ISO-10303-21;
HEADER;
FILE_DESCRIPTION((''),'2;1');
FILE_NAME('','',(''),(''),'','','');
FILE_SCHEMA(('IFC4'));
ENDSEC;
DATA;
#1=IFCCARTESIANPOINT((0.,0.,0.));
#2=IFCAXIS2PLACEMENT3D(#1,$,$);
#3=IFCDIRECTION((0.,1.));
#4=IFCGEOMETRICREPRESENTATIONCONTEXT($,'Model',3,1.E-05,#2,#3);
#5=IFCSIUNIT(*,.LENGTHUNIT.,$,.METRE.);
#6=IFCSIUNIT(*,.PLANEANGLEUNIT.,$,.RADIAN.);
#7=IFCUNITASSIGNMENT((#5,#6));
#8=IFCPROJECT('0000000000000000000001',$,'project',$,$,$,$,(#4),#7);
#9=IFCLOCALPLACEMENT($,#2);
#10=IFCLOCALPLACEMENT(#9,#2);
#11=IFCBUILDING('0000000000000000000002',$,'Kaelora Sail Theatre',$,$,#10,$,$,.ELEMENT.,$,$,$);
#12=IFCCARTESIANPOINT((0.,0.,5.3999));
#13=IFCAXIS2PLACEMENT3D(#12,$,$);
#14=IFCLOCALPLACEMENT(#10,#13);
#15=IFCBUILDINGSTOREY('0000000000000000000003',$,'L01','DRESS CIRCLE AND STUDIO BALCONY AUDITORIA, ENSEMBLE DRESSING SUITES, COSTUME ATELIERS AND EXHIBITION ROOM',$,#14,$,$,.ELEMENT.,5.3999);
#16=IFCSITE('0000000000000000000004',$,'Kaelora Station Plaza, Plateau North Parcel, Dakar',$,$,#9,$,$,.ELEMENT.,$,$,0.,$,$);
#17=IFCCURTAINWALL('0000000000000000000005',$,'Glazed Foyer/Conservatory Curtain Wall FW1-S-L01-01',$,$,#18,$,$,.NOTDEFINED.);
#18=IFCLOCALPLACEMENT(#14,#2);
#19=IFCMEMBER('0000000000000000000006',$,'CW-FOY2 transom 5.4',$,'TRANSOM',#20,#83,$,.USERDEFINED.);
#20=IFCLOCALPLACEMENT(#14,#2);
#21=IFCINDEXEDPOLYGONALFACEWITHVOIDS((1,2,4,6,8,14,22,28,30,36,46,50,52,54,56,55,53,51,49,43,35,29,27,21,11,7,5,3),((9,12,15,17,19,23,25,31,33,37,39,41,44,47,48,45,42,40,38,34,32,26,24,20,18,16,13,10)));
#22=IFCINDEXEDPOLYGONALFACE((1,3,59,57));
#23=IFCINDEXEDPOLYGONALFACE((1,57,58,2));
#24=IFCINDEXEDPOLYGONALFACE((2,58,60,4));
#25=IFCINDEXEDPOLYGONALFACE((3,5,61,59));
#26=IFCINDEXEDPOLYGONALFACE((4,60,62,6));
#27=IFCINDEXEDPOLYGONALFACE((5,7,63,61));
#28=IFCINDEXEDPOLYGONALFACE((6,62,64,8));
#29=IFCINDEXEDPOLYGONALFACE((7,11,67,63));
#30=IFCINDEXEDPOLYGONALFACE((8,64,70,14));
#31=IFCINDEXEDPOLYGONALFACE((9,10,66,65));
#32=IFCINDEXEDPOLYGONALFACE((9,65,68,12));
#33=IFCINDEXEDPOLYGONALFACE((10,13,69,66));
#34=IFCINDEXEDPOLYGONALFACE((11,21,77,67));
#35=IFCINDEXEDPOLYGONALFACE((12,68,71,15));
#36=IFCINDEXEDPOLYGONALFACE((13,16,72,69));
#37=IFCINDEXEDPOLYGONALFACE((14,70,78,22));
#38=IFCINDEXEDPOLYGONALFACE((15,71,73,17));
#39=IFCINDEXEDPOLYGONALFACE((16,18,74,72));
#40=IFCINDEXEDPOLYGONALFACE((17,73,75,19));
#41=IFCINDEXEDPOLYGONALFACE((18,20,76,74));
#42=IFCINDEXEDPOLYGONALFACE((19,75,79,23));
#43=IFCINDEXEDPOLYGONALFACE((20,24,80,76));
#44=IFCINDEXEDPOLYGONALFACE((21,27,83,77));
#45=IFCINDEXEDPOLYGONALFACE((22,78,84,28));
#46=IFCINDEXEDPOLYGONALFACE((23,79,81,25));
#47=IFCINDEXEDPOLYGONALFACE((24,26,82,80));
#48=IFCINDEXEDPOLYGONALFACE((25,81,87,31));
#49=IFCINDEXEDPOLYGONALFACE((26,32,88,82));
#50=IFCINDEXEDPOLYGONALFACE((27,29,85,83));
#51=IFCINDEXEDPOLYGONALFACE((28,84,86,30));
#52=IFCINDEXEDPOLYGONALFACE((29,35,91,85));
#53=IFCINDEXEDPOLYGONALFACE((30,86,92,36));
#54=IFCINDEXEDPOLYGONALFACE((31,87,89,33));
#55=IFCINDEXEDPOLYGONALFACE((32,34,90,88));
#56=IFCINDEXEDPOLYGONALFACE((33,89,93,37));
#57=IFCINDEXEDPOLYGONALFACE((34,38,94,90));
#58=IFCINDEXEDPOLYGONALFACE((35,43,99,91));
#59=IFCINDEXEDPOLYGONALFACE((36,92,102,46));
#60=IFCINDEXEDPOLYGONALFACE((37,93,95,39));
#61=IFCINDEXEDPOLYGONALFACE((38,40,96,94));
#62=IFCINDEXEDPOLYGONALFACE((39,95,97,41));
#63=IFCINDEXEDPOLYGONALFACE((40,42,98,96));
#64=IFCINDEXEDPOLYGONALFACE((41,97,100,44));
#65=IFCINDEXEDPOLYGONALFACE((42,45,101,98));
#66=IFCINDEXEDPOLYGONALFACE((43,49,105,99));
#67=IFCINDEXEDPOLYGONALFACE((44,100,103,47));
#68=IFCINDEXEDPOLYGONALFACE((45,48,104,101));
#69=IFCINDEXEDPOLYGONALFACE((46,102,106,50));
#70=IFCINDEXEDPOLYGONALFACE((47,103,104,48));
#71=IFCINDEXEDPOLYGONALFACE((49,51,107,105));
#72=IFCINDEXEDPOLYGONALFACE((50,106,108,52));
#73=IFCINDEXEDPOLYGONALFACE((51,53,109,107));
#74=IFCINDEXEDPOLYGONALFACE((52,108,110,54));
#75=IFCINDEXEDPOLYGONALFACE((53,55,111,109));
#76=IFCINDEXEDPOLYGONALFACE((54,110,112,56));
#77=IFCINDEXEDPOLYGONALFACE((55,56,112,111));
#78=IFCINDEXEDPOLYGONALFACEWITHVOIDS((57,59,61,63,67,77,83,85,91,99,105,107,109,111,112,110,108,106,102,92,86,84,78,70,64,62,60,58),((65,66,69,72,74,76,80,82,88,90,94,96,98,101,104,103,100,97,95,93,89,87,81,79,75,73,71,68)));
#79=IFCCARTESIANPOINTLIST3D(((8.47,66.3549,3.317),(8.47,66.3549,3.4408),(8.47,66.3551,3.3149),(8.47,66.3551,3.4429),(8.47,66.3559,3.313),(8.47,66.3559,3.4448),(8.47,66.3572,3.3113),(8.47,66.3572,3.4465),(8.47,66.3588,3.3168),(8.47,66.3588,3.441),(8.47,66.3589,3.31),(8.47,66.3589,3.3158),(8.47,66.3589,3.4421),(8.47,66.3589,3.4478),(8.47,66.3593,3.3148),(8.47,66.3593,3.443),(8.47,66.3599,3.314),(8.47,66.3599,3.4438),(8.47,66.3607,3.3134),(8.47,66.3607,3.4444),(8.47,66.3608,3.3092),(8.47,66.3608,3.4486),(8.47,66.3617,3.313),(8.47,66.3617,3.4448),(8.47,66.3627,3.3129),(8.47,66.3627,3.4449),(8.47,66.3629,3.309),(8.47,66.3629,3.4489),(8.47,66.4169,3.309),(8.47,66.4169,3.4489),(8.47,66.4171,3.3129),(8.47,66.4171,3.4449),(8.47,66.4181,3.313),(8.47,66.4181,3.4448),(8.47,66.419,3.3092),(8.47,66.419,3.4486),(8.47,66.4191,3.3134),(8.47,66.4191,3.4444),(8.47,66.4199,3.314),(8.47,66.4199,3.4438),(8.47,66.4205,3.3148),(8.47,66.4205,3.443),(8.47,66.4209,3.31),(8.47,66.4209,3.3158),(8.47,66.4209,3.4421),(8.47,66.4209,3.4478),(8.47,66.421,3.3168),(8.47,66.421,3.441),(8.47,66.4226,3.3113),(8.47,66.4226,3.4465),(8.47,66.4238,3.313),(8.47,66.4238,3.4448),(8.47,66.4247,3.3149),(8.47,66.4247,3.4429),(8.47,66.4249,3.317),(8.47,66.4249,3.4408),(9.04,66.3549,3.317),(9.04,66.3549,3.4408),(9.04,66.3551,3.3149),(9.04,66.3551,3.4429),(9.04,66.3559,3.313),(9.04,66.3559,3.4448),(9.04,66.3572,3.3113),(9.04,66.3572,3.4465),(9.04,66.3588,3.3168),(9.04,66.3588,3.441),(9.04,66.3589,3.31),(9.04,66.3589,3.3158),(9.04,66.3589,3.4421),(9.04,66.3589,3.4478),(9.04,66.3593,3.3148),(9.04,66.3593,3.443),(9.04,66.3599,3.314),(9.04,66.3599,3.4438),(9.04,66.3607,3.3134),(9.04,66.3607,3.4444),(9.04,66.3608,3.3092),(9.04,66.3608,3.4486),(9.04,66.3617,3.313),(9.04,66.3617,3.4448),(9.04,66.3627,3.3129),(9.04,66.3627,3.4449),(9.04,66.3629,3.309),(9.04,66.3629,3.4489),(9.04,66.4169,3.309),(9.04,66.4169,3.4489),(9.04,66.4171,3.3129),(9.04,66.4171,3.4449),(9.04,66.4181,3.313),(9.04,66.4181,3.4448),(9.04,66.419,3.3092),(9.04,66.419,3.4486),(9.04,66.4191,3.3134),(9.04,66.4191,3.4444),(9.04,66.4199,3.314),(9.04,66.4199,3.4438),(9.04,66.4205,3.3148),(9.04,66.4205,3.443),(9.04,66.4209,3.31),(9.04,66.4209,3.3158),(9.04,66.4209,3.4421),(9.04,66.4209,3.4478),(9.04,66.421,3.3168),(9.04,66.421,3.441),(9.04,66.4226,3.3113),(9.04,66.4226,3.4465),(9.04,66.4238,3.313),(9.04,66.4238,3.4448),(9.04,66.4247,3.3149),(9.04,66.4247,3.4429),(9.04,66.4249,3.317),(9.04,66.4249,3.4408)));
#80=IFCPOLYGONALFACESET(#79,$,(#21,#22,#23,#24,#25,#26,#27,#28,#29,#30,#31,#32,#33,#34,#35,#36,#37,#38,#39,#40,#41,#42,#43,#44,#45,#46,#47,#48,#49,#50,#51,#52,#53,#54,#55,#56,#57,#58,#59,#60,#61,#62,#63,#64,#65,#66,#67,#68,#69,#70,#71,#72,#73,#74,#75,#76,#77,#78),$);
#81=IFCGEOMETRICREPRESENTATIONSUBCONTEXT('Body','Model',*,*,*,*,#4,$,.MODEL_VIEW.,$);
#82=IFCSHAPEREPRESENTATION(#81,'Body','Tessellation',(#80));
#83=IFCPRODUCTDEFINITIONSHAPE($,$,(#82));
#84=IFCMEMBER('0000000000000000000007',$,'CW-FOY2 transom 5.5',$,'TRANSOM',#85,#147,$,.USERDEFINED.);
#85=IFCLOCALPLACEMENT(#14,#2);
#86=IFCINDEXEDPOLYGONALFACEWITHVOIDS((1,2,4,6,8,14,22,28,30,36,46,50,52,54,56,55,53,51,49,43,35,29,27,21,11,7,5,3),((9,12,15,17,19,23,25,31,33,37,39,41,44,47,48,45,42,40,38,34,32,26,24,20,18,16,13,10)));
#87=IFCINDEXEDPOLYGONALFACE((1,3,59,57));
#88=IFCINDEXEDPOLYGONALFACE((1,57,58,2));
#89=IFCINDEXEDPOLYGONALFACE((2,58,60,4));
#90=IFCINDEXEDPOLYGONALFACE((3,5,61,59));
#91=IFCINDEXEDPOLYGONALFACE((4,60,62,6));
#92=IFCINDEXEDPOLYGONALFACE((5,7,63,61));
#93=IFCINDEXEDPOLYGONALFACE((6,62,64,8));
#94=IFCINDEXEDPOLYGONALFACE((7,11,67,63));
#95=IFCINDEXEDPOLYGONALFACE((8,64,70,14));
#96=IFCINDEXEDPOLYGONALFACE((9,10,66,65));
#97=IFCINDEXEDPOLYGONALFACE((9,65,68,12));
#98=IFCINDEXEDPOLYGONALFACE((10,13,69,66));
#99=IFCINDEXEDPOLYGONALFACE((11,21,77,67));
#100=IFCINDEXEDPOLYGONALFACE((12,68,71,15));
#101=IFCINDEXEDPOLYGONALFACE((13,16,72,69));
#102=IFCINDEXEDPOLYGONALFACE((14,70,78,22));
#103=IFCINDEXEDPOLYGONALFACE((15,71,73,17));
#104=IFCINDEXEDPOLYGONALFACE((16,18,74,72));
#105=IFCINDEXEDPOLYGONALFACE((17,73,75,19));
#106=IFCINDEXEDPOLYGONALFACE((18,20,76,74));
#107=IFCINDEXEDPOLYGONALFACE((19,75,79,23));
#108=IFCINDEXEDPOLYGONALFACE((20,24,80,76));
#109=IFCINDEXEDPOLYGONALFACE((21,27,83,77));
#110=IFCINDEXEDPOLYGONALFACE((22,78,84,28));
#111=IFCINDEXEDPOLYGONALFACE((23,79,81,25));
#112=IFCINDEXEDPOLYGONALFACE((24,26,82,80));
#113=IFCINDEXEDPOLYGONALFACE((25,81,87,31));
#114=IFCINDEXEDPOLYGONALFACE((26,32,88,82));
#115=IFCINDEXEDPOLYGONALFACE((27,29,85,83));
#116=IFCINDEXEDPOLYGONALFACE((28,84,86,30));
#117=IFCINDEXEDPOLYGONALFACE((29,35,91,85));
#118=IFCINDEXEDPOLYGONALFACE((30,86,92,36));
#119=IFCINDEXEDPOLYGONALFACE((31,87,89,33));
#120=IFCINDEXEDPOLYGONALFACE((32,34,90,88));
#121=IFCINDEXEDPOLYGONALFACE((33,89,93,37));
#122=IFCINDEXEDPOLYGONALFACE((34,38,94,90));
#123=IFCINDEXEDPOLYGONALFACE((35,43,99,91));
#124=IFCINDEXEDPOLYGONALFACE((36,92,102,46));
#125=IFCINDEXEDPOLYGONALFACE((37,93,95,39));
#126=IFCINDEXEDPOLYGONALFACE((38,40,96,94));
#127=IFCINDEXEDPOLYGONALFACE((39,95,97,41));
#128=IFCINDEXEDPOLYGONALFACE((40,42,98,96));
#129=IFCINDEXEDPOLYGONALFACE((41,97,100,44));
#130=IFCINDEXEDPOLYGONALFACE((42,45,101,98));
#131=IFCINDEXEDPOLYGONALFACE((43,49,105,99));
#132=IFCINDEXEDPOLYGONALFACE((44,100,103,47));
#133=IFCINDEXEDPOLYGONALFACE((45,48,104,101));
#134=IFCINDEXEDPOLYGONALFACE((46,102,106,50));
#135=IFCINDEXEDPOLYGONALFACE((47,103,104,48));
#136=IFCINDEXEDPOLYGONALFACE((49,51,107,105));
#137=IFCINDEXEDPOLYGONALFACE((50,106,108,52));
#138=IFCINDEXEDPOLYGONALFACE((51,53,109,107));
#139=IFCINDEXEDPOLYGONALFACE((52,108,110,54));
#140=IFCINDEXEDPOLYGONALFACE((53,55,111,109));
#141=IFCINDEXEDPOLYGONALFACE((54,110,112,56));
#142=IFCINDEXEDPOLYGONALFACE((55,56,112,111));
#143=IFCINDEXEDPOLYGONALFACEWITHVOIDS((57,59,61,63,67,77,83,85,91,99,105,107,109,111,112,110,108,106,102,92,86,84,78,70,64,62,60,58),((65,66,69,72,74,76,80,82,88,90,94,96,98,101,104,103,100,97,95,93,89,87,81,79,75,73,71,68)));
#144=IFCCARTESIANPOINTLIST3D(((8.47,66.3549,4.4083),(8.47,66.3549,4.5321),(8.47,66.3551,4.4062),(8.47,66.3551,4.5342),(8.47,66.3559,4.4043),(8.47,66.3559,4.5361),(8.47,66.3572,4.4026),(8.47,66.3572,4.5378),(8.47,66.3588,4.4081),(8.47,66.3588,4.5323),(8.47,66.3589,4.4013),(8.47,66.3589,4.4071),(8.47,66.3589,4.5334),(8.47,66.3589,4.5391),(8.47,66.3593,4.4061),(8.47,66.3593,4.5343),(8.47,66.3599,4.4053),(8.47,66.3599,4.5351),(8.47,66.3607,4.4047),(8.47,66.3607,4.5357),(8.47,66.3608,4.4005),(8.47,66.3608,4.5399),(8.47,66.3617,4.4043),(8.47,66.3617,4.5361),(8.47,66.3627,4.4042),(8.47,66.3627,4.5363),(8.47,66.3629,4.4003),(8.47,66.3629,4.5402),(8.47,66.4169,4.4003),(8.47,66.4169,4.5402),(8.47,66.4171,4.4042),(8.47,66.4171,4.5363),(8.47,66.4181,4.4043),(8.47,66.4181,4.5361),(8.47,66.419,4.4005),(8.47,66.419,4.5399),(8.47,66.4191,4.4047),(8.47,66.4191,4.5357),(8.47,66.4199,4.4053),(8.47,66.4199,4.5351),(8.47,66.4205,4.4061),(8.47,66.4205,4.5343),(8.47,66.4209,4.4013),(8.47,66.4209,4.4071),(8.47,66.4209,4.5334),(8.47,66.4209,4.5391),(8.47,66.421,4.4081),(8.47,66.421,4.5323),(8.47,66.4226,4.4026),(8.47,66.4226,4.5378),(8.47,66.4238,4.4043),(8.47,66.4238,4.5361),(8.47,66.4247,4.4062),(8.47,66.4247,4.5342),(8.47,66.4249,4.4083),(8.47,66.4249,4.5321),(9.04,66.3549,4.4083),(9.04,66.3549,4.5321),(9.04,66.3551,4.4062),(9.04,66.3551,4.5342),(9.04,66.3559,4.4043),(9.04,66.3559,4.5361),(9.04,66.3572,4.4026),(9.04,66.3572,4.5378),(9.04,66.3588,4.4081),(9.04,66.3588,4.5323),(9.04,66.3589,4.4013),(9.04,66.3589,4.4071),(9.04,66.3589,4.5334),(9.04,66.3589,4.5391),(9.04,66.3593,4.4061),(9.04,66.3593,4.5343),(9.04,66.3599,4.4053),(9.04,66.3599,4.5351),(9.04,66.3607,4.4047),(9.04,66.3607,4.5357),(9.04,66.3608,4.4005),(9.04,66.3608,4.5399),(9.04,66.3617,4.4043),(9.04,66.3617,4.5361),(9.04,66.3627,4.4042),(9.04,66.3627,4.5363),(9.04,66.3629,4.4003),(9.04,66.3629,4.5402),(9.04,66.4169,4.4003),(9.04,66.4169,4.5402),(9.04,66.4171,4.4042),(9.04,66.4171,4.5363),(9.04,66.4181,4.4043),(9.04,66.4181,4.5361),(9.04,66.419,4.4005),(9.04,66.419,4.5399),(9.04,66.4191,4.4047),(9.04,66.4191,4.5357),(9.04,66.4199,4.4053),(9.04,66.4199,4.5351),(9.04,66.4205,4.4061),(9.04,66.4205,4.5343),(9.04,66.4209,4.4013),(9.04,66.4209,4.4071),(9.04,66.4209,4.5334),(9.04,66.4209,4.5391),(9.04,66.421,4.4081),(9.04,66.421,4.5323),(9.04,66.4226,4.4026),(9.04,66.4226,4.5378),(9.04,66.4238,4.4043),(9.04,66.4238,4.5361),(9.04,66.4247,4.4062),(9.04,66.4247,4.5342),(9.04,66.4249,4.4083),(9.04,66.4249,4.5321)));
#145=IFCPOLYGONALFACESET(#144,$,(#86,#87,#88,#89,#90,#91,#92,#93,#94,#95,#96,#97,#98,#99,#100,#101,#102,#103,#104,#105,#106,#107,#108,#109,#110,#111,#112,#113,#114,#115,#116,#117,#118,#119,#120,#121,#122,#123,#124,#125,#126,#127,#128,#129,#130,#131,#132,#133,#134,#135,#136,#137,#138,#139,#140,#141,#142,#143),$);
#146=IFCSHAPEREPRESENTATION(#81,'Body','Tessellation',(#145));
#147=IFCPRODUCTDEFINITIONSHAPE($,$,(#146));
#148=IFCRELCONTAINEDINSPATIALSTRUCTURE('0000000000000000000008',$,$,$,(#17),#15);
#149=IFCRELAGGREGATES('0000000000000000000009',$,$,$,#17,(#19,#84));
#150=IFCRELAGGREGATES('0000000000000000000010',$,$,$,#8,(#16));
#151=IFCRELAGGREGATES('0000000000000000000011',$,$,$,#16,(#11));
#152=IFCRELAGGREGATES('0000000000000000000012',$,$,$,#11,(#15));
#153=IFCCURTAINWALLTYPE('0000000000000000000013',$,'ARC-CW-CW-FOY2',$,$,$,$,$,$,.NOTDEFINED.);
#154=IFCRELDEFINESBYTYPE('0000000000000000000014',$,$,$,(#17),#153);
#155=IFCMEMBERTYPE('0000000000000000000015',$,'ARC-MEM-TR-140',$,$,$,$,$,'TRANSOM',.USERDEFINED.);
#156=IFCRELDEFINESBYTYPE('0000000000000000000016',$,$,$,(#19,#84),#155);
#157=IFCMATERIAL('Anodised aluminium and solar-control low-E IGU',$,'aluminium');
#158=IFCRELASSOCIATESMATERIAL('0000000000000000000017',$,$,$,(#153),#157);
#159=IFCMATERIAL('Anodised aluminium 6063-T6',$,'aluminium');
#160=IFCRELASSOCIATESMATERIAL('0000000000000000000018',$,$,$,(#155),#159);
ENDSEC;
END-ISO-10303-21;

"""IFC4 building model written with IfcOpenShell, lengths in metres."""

from ifc_helpers import new_model, si_unit, direction, frame, origin, origin_2d, place, context, subcontext, project, spatial, hollow_rectangle, extrude, material, material_profile, profile_set, type_object, element, aggregate, save


model = new_model("IFC4")

# Units and contexts
model_context = context("Model", 3, precision=1e-05, world=origin(), true_north=direction((0.0, 1.0)))
body_context = subcontext(model_context, "Body", "Model", "MODEL_VIEW")
ifc_project = project(units=[si_unit("LENGTHUNIT", "METRE"), si_unit("PLANEANGLEUNIT", "RADIAN")], contexts=[model_context])

# Site, building, storey
site_placement = place(None, origin())
site = spatial("IfcSite", under=ifc_project, at=site_placement, Name="Kaelora Station Plaza, Plateau North Parcel, Dakar", CompositionType="ELEMENT", RefElevation=0.0)
building_placement = place(site_placement, origin())
building = spatial("IfcBuilding", under=site, at=building_placement, Name="Kaelora Sail Theatre", CompositionType="ELEMENT")
storey_placement = place(building_placement, frame((0.0, 0.0, 5.3999)))
storey = spatial("IfcBuildingStorey", under=building, at=storey_placement, Name="L01", Description="DRESS CIRCLE AND STUDIO BALCONY AUDITORIA, ENSEMBLE DRESSING SUITES, COSTUME ATELIERS AND EXHIBITION ROOM", CompositionType="ELEMENT", Elevation=5.3999)

# Curtain wall
ifc_material_1 = material(Name="Anodised aluminium and solar-control low-E IGU", Category="aluminium")
curtain_wall_type = type_object("IfcCurtainWallType", Name="ARC-CW-CW-FOY2", PredefinedType="NOTDEFINED", material=ifc_material_1)
curtain_wall_1_placement = place(storey_placement, origin())
curtain_wall_1 = element("IfcCurtainWall", 1, at=curtain_wall_1_placement, inside=storey, type_object=curtain_wall_type, Name="Glazed Foyer/Conservatory Curtain Wall FW1-S-L01-01", PredefinedType="NOTDEFINED")

# Members
ifc_material_2 = material(Name="Anodised aluminium 6063-T6", Category="aluminium")
ifc_material_profile_1 = material_profile(ifc_material_2, hollow_rectangle(XDim=0.0701, YDim=0.1399, WallThickness=0.0039, InnerFilletRadius=0.0039, OuterFilletRadius=0.0081, at=origin_2d()), Name="ALU-TRAN 70x140x4")
ifc_profile_set_1 = profile_set([ifc_material_profile_1], Name="Anodised aluminium 6063-T6")
member_type_1 = type_object("IfcMemberType", Name="ARC-MEM-TR-140", ElementType="TRANSOM", PredefinedType="USERDEFINED", material=ifc_profile_set_1)
member_1_placement = place(storey_placement, frame((8.47, 66.3899, 3.3789), z_axis=(1.0, 0.0, 0.0), x_axis=(0.0, 1.0, 0.0)))
member_1 = element("IfcMember", 2, at=member_1_placement, type_object=member_type_1, Name="CW-FOY2 transom 5.4", ObjectType="TRANSOM", PredefinedType="USERDEFINED", context=body_context, shape_type="SweptSolid", body=[
    extrude(hollow_rectangle(XDim=0.0701, YDim=0.1399, WallThickness=0.0039, InnerFilletRadius=0.0039, OuterFilletRadius=0.0081, at=origin_2d()), origin(), (0.0, 0.0, 1.0), 0.5701),
])
member_2_placement = place(storey_placement, frame((8.47, 66.3899, 4.4702), z_axis=(1.0, 0.0, 0.0), x_axis=(0.0, 1.0, 0.0)))
member_2 = element("IfcMember", 3, at=member_2_placement, type_object=member_type_1, Name="CW-FOY2 transom 5.5", ObjectType="TRANSOM", PredefinedType="USERDEFINED", context=body_context, shape_type="SweptSolid", body=[
    extrude(hollow_rectangle(XDim=0.0701, YDim=0.1399, WallThickness=0.0039, InnerFilletRadius=0.0039, OuterFilletRadius=0.0081, at=origin_2d()), origin(), (0.0, 0.0, 1.0), 0.5701),
])

aggregate(curtain_wall_1, [member_1, member_2])

save(model, "model.ifc")
